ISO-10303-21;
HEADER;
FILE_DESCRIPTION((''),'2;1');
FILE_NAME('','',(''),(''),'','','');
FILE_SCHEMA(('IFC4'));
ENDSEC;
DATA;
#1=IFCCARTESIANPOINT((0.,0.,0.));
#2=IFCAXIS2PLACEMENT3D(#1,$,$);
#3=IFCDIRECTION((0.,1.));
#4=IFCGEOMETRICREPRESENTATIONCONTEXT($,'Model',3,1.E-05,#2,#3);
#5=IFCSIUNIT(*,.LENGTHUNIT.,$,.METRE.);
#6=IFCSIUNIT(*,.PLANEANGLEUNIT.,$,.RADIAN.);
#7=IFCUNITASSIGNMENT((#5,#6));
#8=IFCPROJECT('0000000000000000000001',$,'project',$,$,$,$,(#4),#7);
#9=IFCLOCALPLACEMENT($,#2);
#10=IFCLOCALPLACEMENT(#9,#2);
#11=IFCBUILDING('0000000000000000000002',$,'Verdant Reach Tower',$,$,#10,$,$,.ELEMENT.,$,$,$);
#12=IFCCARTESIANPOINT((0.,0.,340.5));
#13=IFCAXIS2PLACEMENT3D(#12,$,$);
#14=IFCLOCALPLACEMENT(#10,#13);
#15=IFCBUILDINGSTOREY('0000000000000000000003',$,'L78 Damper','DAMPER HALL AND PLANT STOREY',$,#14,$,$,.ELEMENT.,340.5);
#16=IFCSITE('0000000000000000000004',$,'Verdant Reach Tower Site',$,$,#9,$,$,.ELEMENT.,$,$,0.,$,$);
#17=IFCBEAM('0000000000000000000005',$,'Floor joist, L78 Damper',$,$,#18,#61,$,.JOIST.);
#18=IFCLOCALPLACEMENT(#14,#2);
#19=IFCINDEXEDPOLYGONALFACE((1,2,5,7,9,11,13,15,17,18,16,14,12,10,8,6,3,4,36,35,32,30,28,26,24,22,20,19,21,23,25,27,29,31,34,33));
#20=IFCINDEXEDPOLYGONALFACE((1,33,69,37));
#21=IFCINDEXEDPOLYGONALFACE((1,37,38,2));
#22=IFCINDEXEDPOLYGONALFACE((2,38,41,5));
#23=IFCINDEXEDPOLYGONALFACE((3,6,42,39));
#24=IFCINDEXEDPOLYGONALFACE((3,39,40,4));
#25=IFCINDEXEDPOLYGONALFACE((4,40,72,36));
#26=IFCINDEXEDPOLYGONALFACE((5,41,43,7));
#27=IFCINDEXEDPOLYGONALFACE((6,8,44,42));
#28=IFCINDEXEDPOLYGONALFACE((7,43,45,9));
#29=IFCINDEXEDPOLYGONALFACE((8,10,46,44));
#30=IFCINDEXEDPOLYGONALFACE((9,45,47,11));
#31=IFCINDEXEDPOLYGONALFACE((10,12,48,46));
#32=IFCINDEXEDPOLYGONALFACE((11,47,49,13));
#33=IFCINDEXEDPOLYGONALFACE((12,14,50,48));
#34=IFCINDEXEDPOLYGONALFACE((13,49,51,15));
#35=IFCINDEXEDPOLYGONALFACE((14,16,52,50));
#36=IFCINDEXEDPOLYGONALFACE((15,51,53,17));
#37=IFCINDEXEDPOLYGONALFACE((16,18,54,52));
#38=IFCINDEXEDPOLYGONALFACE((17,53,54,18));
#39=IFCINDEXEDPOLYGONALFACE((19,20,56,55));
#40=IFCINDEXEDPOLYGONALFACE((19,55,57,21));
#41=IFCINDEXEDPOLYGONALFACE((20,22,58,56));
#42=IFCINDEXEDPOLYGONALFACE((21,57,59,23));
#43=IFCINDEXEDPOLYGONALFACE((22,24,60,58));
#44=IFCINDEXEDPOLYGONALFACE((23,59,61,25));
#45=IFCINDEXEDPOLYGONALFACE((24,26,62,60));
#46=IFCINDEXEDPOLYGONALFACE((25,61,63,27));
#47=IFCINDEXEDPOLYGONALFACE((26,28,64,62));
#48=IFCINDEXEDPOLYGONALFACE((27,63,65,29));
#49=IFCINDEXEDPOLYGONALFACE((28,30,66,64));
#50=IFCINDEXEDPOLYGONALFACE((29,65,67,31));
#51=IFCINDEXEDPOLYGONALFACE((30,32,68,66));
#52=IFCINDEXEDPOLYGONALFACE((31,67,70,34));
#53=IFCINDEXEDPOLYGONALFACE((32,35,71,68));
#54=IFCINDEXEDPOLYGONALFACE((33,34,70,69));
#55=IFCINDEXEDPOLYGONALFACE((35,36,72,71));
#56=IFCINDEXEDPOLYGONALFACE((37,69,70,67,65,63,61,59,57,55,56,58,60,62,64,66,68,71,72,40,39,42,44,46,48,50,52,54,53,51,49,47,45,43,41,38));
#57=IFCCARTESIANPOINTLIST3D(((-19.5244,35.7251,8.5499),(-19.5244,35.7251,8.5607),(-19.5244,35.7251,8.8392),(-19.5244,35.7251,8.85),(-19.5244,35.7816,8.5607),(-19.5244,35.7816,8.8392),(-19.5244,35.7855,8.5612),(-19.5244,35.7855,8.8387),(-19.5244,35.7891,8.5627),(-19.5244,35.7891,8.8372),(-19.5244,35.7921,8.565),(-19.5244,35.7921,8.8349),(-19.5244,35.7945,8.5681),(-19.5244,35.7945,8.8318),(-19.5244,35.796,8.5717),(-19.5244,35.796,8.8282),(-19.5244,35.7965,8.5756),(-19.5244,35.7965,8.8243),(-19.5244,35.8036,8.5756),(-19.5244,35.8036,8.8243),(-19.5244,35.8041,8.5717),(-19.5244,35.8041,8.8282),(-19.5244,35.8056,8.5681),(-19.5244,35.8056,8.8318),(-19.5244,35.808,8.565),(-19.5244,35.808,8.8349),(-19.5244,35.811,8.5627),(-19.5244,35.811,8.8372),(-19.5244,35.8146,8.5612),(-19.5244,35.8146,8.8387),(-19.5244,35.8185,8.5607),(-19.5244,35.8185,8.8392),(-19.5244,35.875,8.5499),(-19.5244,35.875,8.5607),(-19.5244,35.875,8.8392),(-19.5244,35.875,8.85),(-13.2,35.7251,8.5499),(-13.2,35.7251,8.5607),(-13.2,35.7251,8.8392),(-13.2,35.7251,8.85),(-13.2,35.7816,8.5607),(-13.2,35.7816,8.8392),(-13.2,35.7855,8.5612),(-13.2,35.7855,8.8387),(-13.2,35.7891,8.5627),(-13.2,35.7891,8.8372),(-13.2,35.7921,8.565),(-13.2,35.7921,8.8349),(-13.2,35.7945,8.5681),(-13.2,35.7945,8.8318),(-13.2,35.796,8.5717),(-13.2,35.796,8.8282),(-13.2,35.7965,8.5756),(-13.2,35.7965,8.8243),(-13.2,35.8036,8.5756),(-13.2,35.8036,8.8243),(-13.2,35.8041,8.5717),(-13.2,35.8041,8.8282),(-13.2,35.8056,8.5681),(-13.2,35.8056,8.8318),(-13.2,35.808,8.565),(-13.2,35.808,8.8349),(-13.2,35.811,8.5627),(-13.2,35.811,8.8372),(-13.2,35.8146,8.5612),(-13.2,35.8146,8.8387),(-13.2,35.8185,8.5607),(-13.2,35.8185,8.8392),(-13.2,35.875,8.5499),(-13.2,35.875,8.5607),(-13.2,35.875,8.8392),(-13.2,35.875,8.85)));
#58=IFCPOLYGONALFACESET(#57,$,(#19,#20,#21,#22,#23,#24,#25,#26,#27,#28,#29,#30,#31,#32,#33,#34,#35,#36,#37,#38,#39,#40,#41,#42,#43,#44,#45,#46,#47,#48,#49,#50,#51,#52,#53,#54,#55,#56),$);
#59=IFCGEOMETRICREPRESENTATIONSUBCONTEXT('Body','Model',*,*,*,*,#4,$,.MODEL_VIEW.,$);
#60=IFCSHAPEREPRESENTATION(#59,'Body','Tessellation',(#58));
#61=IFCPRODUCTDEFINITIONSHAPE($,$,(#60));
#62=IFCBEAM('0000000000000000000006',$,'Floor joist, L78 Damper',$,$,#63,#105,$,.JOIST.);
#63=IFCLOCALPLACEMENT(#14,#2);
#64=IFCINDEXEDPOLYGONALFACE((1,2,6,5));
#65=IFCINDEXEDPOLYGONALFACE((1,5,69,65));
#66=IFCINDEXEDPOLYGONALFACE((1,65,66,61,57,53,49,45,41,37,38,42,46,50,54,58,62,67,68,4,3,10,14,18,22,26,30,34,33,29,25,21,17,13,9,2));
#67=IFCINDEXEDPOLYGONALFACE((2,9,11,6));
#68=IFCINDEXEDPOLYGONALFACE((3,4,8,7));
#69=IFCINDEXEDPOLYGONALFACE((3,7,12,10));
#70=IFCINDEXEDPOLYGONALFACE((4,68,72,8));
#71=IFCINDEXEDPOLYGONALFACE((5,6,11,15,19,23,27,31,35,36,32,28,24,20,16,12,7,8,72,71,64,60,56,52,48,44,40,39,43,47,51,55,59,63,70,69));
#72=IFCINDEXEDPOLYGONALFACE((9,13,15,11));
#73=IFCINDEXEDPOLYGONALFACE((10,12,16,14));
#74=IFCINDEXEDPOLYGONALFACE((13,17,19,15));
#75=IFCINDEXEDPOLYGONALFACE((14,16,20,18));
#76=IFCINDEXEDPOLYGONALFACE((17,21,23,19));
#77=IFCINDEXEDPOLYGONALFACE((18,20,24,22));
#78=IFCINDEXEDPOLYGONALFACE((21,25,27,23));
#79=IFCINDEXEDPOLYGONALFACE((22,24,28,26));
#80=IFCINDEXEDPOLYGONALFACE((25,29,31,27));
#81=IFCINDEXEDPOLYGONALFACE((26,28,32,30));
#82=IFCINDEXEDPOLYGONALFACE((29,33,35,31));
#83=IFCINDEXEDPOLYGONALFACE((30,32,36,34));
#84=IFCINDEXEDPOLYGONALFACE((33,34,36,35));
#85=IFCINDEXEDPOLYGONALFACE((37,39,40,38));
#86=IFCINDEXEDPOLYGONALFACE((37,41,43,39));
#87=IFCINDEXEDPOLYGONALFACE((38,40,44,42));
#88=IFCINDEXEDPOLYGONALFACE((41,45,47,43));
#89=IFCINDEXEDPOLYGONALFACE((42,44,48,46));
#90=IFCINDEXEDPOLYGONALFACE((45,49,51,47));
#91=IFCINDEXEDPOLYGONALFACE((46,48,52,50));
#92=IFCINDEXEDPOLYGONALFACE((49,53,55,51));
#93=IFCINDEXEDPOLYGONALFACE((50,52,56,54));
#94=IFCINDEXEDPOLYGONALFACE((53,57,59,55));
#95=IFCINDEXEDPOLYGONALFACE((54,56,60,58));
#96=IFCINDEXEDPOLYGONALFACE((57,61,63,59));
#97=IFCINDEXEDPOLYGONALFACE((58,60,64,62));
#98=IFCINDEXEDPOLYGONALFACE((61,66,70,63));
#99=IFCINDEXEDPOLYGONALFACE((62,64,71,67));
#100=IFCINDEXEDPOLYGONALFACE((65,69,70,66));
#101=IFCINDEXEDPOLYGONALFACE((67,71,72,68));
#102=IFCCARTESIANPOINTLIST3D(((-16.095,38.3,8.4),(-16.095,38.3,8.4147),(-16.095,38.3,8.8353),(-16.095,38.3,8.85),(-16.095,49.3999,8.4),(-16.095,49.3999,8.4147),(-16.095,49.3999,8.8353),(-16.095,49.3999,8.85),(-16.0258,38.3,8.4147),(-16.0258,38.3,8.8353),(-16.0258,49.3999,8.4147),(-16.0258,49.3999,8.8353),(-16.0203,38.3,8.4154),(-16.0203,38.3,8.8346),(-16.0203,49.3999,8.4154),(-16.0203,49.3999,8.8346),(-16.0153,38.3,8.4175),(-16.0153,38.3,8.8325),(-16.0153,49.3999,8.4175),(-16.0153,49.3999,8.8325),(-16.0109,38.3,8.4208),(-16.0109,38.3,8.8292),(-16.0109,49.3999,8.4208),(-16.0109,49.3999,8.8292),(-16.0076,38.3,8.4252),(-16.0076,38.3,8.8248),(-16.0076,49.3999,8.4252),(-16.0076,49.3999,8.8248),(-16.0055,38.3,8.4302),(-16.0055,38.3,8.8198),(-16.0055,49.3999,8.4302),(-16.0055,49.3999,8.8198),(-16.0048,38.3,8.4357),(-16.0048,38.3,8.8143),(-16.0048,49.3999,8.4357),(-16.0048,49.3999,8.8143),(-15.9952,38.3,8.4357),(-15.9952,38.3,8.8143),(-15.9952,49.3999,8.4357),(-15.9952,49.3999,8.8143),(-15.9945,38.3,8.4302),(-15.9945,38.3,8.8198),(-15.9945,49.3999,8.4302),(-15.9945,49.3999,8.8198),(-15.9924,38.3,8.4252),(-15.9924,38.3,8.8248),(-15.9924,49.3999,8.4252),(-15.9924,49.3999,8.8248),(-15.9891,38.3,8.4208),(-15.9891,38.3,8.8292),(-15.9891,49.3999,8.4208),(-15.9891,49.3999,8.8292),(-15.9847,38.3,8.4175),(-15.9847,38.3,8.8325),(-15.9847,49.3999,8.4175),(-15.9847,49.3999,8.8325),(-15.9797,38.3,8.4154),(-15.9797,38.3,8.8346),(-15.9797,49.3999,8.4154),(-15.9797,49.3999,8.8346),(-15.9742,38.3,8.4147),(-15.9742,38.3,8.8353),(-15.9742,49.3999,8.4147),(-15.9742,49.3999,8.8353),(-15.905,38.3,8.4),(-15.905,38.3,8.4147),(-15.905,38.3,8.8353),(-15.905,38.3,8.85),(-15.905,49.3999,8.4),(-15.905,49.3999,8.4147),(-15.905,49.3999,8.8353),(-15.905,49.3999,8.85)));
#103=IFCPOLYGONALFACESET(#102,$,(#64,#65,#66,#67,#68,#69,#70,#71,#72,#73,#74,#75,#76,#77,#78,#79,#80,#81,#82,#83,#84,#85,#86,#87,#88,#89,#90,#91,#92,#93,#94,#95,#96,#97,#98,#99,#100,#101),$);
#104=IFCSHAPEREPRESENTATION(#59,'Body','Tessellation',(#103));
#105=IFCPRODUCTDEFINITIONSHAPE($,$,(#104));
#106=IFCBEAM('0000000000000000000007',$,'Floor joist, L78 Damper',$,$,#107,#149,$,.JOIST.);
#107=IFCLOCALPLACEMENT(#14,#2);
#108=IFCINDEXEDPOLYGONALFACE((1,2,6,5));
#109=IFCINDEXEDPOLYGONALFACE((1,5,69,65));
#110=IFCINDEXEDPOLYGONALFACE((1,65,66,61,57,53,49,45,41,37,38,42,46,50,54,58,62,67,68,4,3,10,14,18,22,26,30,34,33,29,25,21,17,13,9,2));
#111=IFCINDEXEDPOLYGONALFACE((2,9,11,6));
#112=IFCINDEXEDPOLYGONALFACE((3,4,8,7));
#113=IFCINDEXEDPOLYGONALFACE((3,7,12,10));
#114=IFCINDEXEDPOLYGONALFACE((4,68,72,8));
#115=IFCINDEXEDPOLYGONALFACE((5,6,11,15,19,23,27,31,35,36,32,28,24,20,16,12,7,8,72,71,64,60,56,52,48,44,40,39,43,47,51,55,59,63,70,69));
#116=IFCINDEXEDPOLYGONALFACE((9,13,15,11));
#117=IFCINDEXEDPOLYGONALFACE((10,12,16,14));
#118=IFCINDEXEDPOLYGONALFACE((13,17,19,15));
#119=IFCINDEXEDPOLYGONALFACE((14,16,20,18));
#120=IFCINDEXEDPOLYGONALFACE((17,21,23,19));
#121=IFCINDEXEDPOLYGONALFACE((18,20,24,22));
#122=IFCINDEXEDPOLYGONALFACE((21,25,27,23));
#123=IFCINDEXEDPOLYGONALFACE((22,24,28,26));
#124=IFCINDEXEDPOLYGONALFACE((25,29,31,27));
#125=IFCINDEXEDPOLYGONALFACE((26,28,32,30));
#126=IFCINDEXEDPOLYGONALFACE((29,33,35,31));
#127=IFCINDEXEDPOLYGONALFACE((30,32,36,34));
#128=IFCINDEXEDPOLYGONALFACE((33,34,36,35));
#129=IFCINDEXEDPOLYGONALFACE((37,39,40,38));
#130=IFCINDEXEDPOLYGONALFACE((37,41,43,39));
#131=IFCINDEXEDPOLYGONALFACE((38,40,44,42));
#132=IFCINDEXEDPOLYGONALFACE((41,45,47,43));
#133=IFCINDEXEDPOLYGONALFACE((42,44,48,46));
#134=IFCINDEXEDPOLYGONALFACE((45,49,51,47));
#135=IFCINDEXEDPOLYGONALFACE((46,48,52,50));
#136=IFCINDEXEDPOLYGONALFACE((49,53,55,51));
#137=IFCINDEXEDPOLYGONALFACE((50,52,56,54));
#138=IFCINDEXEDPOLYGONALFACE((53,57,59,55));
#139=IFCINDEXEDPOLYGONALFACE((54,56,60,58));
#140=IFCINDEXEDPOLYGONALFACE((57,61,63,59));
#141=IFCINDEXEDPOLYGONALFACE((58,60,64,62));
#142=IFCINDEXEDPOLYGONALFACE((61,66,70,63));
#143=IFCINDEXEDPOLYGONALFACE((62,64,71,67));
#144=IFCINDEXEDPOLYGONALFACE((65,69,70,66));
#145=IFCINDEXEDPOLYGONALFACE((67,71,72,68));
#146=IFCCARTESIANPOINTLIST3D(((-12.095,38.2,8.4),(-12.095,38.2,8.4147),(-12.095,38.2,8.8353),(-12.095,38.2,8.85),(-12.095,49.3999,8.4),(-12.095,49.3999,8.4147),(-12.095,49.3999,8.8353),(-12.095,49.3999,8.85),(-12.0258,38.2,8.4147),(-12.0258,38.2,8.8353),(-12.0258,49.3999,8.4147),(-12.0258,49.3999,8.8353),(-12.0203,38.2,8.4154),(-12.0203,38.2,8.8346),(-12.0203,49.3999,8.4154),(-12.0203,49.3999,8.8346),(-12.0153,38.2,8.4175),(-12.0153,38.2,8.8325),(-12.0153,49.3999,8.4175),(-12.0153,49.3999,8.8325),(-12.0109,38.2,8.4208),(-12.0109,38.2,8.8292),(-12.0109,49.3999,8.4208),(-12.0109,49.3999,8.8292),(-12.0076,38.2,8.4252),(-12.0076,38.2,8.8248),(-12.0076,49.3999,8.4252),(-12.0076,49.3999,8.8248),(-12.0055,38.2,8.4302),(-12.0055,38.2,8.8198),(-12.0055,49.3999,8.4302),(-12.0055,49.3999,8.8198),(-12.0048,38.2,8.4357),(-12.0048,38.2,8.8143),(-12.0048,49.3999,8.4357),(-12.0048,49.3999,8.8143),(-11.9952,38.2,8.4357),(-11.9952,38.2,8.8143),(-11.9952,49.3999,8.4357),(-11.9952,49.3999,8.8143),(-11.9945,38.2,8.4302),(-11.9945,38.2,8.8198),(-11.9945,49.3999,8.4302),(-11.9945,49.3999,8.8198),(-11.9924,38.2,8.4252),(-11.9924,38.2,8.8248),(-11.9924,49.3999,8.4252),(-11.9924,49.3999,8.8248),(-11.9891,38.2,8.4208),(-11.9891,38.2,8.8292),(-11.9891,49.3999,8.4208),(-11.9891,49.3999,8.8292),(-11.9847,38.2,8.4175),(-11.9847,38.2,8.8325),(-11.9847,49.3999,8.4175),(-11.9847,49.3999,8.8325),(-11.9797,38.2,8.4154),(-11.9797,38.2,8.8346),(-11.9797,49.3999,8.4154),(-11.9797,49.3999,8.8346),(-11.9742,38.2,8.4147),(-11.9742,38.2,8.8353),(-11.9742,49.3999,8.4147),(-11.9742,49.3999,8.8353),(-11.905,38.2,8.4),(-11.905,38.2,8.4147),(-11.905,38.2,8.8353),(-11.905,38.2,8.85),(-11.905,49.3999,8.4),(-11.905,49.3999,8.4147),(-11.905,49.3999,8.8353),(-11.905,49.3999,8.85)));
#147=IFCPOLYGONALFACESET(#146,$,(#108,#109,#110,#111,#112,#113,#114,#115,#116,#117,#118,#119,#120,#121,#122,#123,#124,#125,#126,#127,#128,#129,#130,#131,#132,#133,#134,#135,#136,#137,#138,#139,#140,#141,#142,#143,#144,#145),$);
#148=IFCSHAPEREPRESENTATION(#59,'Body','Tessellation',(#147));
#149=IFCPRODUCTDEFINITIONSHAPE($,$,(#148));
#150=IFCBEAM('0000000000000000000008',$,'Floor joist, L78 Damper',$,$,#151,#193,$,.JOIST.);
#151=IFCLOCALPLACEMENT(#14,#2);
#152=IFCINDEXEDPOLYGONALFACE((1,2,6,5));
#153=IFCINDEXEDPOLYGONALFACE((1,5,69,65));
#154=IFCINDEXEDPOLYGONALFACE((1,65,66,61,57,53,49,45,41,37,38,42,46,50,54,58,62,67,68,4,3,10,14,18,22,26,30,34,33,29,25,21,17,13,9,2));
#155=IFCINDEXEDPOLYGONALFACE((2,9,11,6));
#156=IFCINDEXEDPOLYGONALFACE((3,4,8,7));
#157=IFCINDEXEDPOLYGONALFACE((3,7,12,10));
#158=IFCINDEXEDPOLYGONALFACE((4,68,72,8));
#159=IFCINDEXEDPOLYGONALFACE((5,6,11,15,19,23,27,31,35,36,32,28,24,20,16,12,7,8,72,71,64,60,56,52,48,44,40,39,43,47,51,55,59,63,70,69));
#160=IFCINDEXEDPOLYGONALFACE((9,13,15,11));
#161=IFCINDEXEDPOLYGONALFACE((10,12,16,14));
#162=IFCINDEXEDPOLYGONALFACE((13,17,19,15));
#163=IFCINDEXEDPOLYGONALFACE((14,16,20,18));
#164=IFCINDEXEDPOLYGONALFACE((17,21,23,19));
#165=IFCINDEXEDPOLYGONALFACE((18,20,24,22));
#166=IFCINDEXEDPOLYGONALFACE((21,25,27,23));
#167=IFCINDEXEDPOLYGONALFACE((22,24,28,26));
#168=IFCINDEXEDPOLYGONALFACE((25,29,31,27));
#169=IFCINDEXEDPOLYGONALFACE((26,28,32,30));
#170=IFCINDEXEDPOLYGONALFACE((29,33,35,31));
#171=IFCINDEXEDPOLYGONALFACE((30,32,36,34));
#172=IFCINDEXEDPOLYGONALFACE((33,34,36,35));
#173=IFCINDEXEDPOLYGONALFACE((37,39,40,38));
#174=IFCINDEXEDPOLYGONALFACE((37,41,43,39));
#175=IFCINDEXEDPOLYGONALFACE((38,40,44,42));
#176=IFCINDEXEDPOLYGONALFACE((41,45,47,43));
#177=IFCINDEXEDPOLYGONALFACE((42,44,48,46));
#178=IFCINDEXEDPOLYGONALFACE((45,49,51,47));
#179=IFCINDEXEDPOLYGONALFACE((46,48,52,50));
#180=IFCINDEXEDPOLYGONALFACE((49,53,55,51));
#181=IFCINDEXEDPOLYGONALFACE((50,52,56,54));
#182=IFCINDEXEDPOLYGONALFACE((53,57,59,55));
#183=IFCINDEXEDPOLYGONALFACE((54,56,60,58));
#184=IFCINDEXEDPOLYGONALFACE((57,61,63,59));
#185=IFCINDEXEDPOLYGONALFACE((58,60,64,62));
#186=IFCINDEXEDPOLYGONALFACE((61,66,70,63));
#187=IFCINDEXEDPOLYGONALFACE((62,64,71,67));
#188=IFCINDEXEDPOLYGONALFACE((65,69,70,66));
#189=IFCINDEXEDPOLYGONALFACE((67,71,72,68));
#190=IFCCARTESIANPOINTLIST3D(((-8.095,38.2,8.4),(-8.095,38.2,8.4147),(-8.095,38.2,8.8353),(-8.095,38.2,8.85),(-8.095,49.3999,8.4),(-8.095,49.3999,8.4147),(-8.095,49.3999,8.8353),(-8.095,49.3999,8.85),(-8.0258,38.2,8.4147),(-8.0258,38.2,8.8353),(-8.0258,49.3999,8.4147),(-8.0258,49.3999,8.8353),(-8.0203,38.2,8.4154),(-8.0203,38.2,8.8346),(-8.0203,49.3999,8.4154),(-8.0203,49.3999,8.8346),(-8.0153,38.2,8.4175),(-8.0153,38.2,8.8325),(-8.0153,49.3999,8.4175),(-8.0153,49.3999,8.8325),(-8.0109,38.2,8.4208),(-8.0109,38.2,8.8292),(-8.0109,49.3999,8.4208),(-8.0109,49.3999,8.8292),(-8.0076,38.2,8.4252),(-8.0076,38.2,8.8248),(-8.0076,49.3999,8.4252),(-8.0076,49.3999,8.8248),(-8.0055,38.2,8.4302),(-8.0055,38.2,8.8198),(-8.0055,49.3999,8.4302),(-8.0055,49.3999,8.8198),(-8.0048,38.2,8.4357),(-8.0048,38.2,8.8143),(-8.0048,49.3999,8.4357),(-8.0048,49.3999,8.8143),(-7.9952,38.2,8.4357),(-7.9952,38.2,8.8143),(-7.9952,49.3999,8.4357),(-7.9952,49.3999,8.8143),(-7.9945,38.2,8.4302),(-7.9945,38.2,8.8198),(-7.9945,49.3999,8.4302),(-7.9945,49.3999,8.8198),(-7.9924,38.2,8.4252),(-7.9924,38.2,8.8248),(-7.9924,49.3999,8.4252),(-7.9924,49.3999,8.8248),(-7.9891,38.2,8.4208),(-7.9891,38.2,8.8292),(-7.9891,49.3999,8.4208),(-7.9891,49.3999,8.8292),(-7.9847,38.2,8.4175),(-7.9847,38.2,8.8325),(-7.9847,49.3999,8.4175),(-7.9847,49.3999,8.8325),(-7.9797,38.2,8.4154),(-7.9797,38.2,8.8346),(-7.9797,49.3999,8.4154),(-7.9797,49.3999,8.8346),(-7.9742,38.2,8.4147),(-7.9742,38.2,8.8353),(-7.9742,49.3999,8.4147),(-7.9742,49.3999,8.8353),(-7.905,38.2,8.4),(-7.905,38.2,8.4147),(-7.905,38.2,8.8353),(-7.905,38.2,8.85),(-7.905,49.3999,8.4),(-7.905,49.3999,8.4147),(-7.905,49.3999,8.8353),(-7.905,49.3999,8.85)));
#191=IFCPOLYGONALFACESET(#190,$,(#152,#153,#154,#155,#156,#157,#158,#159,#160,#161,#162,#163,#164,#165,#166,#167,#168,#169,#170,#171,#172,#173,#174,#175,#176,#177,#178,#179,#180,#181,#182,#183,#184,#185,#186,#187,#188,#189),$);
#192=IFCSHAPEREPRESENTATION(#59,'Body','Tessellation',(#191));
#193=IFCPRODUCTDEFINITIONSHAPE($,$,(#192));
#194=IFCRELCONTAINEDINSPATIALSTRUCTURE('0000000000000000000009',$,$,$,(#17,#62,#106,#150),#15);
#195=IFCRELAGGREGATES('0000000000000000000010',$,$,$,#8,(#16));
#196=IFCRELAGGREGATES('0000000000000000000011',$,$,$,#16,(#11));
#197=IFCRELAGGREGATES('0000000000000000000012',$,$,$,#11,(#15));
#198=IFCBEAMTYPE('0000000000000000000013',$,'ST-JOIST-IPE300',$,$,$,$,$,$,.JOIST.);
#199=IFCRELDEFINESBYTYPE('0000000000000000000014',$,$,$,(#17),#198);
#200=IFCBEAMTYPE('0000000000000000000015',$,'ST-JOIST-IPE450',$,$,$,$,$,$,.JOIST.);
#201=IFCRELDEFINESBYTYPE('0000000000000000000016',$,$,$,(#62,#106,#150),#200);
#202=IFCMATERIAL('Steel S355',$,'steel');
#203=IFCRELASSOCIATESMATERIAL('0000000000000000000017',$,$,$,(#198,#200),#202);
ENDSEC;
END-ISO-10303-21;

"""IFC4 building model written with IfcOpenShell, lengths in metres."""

from ifc_helpers import new_model, si_unit, direction, frame, origin, origin_2d, place, context, subcontext, project, spatial, i_section, extrude, material, material_profile, profile_set, type_object, element, save


model = new_model("IFC4")

# Units and contexts
model_context = context("Model", 3, precision=1e-05, world=origin(), true_north=direction((0.0, 1.0)))
body_context = subcontext(model_context, "Body", "Model", "MODEL_VIEW")
ifc_project = project(units=[si_unit("LENGTHUNIT", "METRE"), si_unit("PLANEANGLEUNIT", "RADIAN")], contexts=[model_context])

# Site, building, storey
site_placement = place(None, origin())
site = spatial("IfcSite", under=ifc_project, at=site_placement, Name="Verdant Reach Tower Site", CompositionType="ELEMENT", RefElevation=0.0)
building_placement = place(site_placement, origin())
building = spatial("IfcBuilding", under=site, at=building_placement, Name="Verdant Reach Tower", CompositionType="ELEMENT")
storey_placement = place(building_placement, frame((0.0, 0.0, 340.5)))
storey = spatial("IfcBuildingStorey", under=building, at=storey_placement, Name="L78 Damper", Description="DAMPER HALL AND PLANT STOREY", CompositionType="ELEMENT", Elevation=340.5)

# Beams
ifc_material_1 = material(Name="Steel S355", Category="steel")
ifc_material_profile_1 = material_profile(ifc_material_1, i_section(OverallWidth=0.1499, OverallDepth=0.3, WebThickness=0.0071, FlangeThickness=0.0107, FilletRadius=0.0149, at=origin_2d()), Name="IPE 300")
ifc_profile_set_1 = profile_set([ifc_material_profile_1], Name="Steel S355")
beam_type_1 = type_object("IfcBeamType", Name="ST-JOIST-IPE300", PredefinedType="JOIST", material=ifc_profile_set_1)
beam_1_placement = place(storey_placement, frame((-13.2, 35.8, 8.7), z_axis=(-1.0, 0.0, 0.0), x_axis=(0.0, -1.0, 0.0)))
element("IfcBeam", 1, at=beam_1_placement, inside=storey, type_object=beam_type_1, Name="Floor joist, L78 Damper", PredefinedType="JOIST", context=body_context, shape_type="SweptSolid", body=[
    extrude(i_section(OverallWidth=0.1499, OverallDepth=0.3, WebThickness=0.0071, FlangeThickness=0.0107, FilletRadius=0.0149, at=origin_2d()), origin(), (0.0, 0.0, 1.0), 6.3245),
])
ifc_material_profile_2 = material_profile(ifc_material_1, i_section(OverallWidth=0.1899, OverallDepth=0.45, WebThickness=0.0095, FlangeThickness=0.0146, FilletRadius=0.021, at=origin_2d()), Name="IPE 450")
ifc_profile_set_2 = profile_set([ifc_material_profile_2], Name="Steel S355")
beam_type_2 = type_object("IfcBeamType", Name="ST-JOIST-IPE450", PredefinedType="JOIST", material=ifc_profile_set_2)
beam_2_placement = place(storey_placement, frame((-16.0, 38.3, 8.625), z_axis=(0.0, 1.0, 0.0), x_axis=(-1.0, 0.0, 0.0)))
element("IfcBeam", 2, at=beam_2_placement, inside=storey, type_object=beam_type_2, Name="Floor joist, L78 Damper", PredefinedType="JOIST", context=body_context, shape_type="SweptSolid", body=[
    extrude(i_section(OverallWidth=0.1899, OverallDepth=0.45, WebThickness=0.0095, FlangeThickness=0.0146, FilletRadius=0.021, at=origin_2d()), origin(), (0.0, 0.0, 1.0), 11.0999),
])
for number, where, z_axis, x_axis, name in (
    (3, (-12.0, 38.2, 8.625), (0.0, 1.0, 0.0), (-1.0, 0.0, 0.0), "Floor joist, L78 Damper"),
    (4, (-8.0, 38.2, 8.625), (0.0, 1.0, 0.0), (-1.0, 0.0, 0.0), "Floor joist, L78 Damper"),
):
    element("IfcBeam", number, at=place(storey_placement, frame(where, z_axis=z_axis, x_axis=x_axis)), inside=storey, type_object=beam_type_2, Name=name, PredefinedType="JOIST", context=body_context, shape_type="SweptSolid", body=[
        extrude(i_section(OverallWidth=0.1899, OverallDepth=0.45, WebThickness=0.0095, FlangeThickness=0.0146, FilletRadius=0.021, at=origin_2d()), origin(), (0.0, 0.0, 1.0), 11.2),
    ])

save(model, "model.ifc")
